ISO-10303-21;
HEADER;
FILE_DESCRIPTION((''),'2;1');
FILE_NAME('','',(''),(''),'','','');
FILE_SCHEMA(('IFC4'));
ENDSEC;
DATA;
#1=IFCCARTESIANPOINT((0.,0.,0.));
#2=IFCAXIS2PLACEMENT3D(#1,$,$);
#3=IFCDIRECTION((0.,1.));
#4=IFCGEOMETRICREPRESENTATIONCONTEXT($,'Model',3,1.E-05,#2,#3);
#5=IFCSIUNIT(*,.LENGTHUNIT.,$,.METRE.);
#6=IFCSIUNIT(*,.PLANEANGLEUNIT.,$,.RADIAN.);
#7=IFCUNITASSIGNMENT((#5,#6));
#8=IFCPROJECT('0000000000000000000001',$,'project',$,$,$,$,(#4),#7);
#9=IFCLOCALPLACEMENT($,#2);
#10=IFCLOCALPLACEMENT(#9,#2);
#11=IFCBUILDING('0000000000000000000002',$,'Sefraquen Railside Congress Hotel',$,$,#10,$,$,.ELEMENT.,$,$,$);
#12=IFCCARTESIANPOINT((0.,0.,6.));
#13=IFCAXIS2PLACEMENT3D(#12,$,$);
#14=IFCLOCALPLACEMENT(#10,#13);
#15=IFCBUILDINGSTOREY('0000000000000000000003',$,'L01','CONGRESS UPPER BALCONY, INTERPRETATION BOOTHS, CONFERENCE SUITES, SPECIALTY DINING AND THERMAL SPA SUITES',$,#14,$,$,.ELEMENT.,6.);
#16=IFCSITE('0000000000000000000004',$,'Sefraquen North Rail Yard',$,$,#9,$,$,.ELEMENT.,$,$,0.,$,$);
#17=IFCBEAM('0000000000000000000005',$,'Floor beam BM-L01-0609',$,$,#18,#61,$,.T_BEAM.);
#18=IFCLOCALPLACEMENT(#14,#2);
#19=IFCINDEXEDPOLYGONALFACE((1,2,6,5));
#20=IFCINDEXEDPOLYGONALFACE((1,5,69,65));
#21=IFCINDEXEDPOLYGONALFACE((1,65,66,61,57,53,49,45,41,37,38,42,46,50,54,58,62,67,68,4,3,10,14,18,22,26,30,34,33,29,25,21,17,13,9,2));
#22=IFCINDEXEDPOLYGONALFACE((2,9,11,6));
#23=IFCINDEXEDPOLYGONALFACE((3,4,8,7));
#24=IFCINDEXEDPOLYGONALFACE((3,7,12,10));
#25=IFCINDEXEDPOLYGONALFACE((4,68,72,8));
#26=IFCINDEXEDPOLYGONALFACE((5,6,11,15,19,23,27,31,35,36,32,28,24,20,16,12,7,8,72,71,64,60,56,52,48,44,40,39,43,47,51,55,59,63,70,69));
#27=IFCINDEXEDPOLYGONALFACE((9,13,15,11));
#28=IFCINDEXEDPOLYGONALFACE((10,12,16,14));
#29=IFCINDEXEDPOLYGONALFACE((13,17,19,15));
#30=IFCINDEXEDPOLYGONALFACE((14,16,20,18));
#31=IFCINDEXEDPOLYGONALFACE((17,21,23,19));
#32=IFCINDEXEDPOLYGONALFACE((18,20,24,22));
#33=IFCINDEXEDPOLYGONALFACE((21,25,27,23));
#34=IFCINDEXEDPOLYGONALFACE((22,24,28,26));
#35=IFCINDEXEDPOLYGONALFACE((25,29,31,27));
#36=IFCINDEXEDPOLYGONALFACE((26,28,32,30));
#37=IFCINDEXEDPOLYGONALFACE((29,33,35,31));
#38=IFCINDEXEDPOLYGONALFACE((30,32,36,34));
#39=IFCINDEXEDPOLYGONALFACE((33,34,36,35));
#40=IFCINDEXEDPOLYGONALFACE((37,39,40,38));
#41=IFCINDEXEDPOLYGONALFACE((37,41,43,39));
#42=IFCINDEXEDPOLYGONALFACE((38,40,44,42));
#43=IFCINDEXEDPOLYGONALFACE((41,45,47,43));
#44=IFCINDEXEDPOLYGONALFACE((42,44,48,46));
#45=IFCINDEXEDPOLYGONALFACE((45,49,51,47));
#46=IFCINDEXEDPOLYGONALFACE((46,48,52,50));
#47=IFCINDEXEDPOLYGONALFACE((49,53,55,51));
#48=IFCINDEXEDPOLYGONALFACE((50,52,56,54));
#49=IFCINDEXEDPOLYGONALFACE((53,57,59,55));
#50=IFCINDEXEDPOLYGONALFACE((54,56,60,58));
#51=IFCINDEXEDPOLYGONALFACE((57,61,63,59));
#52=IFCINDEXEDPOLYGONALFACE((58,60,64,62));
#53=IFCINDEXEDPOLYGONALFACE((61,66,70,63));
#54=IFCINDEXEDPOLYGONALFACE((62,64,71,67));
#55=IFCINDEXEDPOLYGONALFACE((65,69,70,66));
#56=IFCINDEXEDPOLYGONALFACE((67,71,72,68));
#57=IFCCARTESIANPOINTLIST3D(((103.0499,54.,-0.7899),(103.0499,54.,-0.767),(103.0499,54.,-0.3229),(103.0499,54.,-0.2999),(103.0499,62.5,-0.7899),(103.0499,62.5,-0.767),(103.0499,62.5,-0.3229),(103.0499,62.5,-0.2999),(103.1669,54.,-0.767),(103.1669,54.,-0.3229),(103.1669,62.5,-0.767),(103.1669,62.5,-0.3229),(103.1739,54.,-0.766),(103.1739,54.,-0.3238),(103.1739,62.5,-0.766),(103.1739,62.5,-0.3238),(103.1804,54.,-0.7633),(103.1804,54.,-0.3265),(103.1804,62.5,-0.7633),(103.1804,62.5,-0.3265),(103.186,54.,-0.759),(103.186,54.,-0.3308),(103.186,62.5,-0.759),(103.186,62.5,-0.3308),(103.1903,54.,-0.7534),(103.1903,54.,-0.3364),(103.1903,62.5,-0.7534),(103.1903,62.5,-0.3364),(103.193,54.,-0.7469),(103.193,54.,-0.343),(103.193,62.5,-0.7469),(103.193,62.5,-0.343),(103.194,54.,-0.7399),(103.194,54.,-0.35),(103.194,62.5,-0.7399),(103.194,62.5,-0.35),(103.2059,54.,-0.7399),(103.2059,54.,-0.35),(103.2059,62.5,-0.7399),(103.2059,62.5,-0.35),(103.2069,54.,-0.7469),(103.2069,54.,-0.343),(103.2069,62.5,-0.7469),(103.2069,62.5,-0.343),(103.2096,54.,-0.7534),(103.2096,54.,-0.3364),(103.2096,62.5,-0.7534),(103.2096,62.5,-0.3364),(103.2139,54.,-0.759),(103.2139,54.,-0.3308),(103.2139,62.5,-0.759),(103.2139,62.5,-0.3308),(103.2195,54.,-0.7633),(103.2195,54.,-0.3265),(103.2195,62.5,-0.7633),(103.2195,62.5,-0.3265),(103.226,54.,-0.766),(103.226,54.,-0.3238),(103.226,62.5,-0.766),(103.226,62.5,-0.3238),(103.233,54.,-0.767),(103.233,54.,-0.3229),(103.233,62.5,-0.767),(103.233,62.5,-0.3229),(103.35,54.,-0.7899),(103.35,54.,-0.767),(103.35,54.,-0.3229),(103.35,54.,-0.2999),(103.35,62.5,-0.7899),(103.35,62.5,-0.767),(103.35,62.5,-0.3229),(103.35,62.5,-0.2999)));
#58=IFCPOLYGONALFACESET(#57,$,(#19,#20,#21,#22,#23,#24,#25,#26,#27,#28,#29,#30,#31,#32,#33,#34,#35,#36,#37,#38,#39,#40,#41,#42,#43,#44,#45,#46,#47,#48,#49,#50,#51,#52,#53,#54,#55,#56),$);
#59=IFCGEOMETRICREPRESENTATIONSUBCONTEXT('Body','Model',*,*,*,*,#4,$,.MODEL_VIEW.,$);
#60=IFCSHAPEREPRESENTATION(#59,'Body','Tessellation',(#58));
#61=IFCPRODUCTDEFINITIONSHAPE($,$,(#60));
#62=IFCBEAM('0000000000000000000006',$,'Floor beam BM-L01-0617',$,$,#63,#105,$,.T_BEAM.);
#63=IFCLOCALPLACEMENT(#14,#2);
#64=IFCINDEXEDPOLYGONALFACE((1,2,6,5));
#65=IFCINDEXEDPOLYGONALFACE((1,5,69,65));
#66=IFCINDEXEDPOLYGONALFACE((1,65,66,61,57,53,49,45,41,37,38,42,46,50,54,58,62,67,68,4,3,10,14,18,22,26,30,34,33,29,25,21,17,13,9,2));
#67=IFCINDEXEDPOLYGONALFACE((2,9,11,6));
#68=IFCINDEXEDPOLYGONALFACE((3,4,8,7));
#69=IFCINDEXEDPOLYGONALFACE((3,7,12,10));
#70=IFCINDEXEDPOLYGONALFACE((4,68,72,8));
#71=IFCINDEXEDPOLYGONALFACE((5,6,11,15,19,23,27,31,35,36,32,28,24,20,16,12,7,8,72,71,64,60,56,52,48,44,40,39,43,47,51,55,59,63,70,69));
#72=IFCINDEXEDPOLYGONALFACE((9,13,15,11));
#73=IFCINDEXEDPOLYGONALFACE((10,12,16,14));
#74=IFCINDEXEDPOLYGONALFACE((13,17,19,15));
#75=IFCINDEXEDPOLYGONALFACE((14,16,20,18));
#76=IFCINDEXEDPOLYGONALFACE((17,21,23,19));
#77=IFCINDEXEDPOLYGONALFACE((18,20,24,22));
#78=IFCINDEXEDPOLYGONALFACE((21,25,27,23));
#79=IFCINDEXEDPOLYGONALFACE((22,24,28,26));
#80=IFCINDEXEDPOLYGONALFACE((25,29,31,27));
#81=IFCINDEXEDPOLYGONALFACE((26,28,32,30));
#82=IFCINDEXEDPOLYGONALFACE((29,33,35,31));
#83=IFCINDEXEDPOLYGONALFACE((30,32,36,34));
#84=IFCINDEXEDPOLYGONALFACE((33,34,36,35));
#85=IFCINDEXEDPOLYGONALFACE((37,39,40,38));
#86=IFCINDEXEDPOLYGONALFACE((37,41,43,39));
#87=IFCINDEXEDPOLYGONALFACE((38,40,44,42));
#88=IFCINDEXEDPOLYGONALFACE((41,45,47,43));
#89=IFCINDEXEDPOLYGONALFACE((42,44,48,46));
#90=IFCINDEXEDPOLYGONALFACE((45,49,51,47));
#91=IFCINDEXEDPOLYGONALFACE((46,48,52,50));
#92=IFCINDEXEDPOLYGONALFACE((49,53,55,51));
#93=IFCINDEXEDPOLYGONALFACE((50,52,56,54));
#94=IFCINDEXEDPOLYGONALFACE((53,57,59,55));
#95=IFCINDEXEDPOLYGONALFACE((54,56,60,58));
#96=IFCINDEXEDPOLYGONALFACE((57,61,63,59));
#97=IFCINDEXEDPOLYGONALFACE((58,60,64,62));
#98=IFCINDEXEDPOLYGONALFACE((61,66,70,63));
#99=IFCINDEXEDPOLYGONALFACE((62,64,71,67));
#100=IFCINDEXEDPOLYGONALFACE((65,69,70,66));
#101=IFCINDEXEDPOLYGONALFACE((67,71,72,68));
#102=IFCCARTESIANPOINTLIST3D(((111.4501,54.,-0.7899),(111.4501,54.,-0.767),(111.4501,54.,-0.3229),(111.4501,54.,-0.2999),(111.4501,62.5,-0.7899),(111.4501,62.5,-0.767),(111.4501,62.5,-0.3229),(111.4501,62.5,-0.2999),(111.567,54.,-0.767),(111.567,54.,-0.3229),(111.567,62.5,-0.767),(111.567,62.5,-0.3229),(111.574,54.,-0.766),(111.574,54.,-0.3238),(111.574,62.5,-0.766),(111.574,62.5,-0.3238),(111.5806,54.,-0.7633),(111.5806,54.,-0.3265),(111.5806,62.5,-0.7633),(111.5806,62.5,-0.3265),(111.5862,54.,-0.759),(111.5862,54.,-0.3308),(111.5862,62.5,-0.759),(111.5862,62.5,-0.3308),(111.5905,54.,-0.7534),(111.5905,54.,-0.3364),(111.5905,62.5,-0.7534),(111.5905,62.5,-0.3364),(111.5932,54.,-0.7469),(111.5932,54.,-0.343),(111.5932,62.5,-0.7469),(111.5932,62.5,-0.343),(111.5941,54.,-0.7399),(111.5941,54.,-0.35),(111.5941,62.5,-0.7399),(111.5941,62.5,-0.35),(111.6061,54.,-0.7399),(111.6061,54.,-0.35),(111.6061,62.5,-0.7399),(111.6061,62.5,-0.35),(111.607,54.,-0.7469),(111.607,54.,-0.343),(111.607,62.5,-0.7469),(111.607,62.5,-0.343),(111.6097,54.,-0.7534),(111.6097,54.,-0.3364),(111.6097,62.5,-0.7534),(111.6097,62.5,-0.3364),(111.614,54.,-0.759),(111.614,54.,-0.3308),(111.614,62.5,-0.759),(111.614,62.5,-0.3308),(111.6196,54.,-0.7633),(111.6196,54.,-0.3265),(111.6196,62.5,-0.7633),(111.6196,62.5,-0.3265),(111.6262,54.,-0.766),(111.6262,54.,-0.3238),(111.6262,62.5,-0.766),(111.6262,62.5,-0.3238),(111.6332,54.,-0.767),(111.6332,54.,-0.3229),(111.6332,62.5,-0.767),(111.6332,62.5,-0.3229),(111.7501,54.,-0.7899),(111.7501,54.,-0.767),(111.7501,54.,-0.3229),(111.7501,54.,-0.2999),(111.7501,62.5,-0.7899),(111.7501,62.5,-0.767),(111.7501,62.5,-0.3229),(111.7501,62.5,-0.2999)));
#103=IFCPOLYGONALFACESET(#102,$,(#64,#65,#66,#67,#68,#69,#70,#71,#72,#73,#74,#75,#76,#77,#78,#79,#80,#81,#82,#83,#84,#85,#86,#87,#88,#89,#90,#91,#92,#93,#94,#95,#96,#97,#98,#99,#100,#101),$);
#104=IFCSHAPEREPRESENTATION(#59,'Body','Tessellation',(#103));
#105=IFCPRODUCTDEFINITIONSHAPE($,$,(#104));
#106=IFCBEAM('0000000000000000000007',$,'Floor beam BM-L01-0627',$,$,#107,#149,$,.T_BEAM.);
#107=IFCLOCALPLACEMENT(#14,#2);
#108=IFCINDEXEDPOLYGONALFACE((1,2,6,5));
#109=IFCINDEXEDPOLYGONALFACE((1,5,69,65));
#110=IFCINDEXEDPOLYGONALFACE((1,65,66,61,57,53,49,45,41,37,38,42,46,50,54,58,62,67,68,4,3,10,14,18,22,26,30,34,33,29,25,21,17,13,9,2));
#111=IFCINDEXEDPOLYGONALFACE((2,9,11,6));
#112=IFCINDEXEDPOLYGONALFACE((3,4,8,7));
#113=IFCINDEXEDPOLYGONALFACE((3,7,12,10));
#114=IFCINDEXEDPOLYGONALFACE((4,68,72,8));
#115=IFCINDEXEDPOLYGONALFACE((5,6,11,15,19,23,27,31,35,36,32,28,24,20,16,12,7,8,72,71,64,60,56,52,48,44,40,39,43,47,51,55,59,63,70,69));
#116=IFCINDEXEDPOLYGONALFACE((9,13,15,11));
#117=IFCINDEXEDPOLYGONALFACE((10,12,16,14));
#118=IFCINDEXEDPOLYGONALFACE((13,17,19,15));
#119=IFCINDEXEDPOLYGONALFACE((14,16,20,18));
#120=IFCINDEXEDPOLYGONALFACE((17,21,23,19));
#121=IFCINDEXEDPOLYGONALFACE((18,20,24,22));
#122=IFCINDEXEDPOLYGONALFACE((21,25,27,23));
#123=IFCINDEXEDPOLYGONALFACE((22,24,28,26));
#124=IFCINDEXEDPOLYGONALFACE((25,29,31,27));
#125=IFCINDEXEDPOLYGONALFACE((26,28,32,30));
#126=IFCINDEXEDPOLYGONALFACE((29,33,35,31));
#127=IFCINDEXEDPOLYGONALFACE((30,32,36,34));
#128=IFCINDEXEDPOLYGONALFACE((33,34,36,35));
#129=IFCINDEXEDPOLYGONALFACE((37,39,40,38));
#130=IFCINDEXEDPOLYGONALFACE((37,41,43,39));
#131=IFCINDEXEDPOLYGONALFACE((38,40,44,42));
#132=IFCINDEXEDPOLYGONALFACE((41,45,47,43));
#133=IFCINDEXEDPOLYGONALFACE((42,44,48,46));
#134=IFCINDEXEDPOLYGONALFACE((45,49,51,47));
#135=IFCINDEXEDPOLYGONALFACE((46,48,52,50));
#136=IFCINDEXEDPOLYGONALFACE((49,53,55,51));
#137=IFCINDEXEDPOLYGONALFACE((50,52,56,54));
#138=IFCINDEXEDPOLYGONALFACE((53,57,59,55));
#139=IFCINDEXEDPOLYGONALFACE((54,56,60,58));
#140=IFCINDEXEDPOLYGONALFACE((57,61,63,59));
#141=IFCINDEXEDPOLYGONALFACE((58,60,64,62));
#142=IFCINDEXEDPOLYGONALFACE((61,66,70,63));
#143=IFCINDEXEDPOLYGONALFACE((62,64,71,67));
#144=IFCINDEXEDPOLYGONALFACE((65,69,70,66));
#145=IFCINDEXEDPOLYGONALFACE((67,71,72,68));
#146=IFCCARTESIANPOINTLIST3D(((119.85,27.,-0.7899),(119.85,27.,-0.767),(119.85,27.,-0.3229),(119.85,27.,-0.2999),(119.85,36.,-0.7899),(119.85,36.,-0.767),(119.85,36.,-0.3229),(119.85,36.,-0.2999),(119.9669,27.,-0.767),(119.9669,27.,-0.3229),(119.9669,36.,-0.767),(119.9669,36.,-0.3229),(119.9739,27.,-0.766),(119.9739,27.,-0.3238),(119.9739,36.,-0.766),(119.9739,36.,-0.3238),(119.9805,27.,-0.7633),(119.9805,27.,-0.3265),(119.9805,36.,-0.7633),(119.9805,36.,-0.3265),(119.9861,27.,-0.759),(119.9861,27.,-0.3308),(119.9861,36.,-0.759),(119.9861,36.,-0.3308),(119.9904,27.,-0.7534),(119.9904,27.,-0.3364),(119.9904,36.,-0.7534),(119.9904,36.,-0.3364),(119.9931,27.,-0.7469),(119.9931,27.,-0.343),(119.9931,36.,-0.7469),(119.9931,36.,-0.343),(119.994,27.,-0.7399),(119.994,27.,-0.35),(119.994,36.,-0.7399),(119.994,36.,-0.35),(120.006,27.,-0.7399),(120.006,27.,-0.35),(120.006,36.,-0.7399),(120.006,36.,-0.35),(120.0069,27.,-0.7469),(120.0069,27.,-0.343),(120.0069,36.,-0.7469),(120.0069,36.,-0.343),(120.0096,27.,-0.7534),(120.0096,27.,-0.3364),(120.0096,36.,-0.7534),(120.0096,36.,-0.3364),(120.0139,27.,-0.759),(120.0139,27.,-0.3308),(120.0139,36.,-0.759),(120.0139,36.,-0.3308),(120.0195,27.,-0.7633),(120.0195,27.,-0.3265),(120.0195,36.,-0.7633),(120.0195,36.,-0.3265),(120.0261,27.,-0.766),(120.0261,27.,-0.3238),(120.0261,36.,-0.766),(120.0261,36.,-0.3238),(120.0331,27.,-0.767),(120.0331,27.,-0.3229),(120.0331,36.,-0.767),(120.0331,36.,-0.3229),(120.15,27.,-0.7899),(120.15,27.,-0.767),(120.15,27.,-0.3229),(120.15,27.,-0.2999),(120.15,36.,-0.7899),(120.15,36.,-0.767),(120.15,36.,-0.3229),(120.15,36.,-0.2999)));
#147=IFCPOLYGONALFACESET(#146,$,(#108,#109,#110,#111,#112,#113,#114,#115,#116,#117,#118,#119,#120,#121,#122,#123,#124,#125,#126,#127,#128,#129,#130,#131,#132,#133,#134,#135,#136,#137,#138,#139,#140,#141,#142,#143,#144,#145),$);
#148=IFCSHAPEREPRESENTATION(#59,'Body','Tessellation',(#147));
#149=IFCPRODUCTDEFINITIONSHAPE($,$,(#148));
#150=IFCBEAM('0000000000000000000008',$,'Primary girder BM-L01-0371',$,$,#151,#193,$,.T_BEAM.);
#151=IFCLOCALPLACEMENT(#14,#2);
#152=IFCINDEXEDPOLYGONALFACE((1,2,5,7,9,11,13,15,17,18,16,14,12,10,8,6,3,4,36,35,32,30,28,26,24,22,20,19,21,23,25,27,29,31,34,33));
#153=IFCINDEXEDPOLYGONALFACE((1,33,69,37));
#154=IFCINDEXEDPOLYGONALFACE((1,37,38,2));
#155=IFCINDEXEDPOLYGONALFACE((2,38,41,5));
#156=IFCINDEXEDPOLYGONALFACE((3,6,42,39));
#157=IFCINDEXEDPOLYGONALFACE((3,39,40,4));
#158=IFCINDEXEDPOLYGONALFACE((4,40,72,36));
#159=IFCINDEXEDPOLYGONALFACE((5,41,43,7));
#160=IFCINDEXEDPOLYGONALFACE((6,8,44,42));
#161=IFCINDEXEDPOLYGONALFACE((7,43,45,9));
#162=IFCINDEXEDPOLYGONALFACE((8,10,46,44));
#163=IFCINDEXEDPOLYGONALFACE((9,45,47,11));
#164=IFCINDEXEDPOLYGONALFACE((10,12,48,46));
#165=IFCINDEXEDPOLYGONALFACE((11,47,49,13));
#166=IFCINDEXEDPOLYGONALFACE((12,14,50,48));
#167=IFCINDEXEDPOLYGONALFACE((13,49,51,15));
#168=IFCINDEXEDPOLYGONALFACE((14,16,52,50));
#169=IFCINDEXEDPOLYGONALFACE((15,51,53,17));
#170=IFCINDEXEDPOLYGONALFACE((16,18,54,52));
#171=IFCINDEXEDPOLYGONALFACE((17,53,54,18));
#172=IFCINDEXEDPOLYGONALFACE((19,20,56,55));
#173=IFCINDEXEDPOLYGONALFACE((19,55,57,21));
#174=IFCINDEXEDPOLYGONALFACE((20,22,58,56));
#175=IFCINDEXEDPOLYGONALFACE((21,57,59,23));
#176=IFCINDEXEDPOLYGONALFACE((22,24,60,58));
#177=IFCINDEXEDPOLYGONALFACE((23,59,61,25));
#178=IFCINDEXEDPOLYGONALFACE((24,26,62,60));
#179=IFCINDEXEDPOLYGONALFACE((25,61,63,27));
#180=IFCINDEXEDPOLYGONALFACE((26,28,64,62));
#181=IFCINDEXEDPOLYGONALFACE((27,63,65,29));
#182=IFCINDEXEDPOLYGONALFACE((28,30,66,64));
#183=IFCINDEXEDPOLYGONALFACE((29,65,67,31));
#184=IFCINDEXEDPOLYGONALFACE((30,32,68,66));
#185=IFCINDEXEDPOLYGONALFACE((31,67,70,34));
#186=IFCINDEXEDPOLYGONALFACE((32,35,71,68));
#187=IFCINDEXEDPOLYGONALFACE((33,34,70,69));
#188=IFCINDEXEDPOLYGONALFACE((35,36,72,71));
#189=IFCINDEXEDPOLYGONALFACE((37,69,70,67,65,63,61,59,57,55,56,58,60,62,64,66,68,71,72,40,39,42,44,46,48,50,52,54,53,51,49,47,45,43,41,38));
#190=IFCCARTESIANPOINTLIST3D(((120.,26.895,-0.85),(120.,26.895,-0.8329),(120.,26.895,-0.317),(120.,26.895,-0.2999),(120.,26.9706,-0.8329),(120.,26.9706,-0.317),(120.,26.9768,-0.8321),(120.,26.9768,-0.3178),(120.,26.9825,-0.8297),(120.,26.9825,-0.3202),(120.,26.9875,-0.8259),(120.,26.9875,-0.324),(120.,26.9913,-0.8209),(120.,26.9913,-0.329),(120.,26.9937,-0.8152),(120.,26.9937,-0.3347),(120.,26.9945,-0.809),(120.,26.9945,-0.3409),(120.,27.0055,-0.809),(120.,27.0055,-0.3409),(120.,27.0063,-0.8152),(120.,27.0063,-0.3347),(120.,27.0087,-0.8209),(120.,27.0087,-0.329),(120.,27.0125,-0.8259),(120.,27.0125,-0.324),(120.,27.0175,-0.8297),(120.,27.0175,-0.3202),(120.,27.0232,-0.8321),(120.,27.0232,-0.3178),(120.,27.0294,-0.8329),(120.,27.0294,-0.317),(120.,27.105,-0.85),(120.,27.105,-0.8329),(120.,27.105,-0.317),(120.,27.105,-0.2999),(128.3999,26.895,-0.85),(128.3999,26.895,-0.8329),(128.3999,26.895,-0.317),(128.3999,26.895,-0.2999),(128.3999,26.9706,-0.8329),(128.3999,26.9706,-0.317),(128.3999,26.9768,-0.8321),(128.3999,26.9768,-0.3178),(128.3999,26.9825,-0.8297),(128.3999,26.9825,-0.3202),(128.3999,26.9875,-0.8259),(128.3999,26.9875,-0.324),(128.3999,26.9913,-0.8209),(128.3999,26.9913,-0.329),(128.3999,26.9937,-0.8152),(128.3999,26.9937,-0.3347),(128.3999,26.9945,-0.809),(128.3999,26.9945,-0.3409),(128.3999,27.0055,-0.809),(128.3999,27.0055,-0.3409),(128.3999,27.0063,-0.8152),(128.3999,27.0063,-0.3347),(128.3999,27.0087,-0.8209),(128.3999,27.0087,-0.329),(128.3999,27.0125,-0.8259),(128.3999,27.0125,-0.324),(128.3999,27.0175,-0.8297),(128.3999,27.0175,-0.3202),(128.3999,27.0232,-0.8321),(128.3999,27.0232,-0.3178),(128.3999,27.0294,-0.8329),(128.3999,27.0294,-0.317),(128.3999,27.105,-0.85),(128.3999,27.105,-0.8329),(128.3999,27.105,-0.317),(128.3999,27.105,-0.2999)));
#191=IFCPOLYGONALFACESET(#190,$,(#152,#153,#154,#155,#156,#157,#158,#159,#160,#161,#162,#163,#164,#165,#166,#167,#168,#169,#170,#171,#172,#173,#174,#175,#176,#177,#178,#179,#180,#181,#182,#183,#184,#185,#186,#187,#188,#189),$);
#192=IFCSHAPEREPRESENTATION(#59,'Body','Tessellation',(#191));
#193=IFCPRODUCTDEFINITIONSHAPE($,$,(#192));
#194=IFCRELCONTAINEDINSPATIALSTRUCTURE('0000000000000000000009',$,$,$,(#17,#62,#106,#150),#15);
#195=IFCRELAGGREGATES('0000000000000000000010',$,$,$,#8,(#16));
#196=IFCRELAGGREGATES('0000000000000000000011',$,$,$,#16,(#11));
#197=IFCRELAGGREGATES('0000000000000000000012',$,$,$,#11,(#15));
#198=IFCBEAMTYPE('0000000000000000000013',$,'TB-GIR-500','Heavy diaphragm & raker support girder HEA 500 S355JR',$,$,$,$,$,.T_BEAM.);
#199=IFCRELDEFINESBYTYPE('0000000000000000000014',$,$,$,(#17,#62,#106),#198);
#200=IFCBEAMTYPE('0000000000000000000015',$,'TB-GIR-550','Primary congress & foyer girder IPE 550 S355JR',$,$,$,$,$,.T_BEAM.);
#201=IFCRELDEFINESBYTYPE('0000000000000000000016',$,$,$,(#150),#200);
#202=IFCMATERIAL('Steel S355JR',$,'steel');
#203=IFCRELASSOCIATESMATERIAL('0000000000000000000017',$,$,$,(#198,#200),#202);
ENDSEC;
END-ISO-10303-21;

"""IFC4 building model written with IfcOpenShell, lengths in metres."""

from ifc_helpers import new_model, si_unit, direction, frame, origin, origin_2d, place, context, subcontext, project, spatial, i_section, extrude, material, material_profile, profile_set, type_object, element, save


model = new_model("IFC4")

# Units and contexts
model_context = context("Model", 3, precision=1e-05, world=origin(), true_north=direction((0.0, 1.0)))
body_context = subcontext(model_context, "Body", "Model", "MODEL_VIEW")
ifc_project = project(units=[si_unit("LENGTHUNIT", "METRE"), si_unit("PLANEANGLEUNIT", "RADIAN")], contexts=[model_context])

# Site, building, storey
site_placement = place(None, origin())
site = spatial("IfcSite", under=ifc_project, at=site_placement, Name="Sefraquen North Rail Yard", CompositionType="ELEMENT", RefElevation=0.0)
building_placement = place(site_placement, origin())
building = spatial("IfcBuilding", under=site, at=building_placement, Name="Sefraquen Railside Congress Hotel", CompositionType="ELEMENT")
storey_placement = place(building_placement, frame((0.0, 0.0, 6.0)))
storey = spatial("IfcBuildingStorey", under=building, at=storey_placement, Name="L01", Description="CONGRESS UPPER BALCONY, INTERPRETATION BOOTHS, CONFERENCE SUITES, SPECIALTY DINING AND THERMAL SPA SUITES", CompositionType="ELEMENT", Elevation=6.0)

# Shared definitions
ifc_material_1 = material(Name="Steel S355JR", Category="steel")

# Beams
ifc_material_profile_1 = material_profile(ifc_material_1, i_section(OverallWidth=0.3, OverallDepth=0.49, WebThickness=0.012, FlangeThickness=0.0229, FilletRadius=0.0271, at=origin_2d()), Name="HEA 500")
ifc_profile_set_1 = profile_set([ifc_material_profile_1], Name="Steel S355JR")
beam_type_1 = type_object("IfcBeamType", Name="TB-GIR-500", Description="Heavy diaphragm & raker support girder HEA 500 S355JR", PredefinedType="T_BEAM", material=ifc_profile_set_1)
for number, where, z_axis, x_axis, name in (
    (1, (103.2, 54.0, -0.5449), (0.0, 1.0, 0.0), (-1.0, 0.0, 0.0), "Floor beam BM-L01-0609"),
    (2, (111.6001, 54.0, -0.5449), (0.0, 1.0, 0.0), (-1.0, 0.0, 0.0), "Floor beam BM-L01-0617"),
):
    element("IfcBeam", number, at=place(storey_placement, frame(where, z_axis=z_axis, x_axis=x_axis)), inside=storey, type_object=beam_type_1, Name=name, PredefinedType="T_BEAM", context=body_context, shape_type="SweptSolid", body=[
        extrude(i_section(OverallWidth=0.3, OverallDepth=0.49, WebThickness=0.012, FlangeThickness=0.0229, FilletRadius=0.0271, at=origin_2d()), origin(), (0.0, 0.0, 1.0), 8.5),
    ])
beam_1_placement = place(storey_placement, frame((120.0, 27.0, -0.5449), z_axis=(0.0, 1.0, 0.0), x_axis=(-1.0, 0.0, 0.0)))
element("IfcBeam", 3, at=beam_1_placement, inside=storey, type_object=beam_type_1, Name="Floor beam BM-L01-0627", PredefinedType="T_BEAM", context=body_context, shape_type="SweptSolid", body=[
    extrude(i_section(OverallWidth=0.3, OverallDepth=0.49, WebThickness=0.012, FlangeThickness=0.0229, FilletRadius=0.0271, at=origin_2d()), origin(), (0.0, 0.0, 1.0), 9.0),
])
ifc_material_profile_2 = material_profile(ifc_material_1, i_section(OverallWidth=0.21, OverallDepth=0.55, WebThickness=0.011, FlangeThickness=0.0171, FilletRadius=0.0239, at=origin_2d()), Name="IPE 550")
ifc_profile_set_2 = profile_set([ifc_material_profile_2], Name="Steel S355JR")
beam_type_2 = type_object("IfcBeamType", Name="TB-GIR-550", Description="Primary congress & foyer girder IPE 550 S355JR", PredefinedType="T_BEAM", material=ifc_profile_set_2)
for number, where, z_axis, x_axis, name in (
    (4, (120.0, 27.0, -0.575), (1.0, 0.0, 0.0), (0.0, 1.0, 0.0), "Primary girder BM-L01-0371"),
):
    element("IfcBeam", number, at=place(storey_placement, frame(where, z_axis=z_axis, x_axis=x_axis)), inside=storey, type_object=beam_type_2, Name=name, PredefinedType="T_BEAM", context=body_context, shape_type="SweptSolid", body=[
        extrude(i_section(OverallWidth=0.21, OverallDepth=0.55, WebThickness=0.011, FlangeThickness=0.0171, FilletRadius=0.0239, at=origin_2d()), origin(), (0.0, 0.0, 1.0), 8.3999),
    ])

save(model, "model.ifc")
